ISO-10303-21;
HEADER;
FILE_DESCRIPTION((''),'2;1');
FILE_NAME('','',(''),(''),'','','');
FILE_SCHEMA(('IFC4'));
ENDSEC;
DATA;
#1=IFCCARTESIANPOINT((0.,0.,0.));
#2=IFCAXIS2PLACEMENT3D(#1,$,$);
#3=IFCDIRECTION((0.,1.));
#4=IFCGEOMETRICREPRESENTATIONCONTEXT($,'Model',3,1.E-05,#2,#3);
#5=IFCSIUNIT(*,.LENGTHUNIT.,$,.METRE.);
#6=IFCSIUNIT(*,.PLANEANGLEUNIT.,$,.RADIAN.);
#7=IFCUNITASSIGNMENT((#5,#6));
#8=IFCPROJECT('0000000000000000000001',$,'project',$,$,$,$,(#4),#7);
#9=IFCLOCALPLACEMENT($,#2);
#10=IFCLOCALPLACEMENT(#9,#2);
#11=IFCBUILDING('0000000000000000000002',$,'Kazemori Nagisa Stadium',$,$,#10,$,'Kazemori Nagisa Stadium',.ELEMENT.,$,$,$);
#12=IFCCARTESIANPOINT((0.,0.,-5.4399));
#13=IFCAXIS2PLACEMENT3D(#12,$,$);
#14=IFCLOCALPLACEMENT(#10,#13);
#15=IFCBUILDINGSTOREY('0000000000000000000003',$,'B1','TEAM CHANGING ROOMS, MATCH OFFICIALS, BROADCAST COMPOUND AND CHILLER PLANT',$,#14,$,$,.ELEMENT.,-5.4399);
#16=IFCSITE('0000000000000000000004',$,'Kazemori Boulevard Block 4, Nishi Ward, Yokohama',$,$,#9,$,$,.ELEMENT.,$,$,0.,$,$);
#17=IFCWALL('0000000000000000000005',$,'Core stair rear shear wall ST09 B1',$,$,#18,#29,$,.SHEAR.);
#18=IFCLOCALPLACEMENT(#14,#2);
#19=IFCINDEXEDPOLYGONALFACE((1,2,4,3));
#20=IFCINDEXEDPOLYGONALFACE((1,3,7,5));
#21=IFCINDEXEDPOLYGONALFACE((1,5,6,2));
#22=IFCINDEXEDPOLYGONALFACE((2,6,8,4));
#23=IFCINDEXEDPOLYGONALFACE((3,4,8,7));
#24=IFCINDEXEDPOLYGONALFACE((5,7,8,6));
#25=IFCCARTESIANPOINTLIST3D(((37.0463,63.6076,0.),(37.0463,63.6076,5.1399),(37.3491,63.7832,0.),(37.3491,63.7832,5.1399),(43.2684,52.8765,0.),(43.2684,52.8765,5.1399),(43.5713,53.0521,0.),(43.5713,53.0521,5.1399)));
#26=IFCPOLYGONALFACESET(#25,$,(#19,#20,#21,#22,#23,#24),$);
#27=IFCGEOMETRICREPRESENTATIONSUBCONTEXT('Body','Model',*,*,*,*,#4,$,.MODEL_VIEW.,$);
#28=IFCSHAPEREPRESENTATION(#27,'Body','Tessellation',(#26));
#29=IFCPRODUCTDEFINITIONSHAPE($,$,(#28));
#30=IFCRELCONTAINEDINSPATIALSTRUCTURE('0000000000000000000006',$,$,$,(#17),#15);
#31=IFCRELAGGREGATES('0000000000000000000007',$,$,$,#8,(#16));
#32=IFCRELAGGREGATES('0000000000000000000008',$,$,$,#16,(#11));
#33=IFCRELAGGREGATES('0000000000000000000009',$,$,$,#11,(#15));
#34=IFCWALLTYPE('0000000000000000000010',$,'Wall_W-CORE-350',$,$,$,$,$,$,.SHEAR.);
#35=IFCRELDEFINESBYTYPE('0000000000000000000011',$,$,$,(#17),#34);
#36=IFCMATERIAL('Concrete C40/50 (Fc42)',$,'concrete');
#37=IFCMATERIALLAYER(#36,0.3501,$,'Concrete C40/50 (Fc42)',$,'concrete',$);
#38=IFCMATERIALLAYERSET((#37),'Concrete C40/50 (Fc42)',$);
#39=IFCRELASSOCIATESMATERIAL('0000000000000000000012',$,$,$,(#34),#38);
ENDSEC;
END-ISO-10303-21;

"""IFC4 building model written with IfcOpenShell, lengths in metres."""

from ifc_helpers import new_model, si_unit, direction, frame, frame_2d, origin, place, context, subcontext, project, spatial, rectangle, extrude, material, layer, layer_set, type_object, element, save


model = new_model("IFC4")

# Units and contexts
model_context = context("Model", 3, precision=1e-05, world=origin(), true_north=direction((0.0, 1.0)))
body_context = subcontext(model_context, "Body", "Model", "MODEL_VIEW")
ifc_project = project(units=[si_unit("LENGTHUNIT", "METRE"), si_unit("PLANEANGLEUNIT", "RADIAN")], contexts=[model_context])

# Site, building, storey
site_placement = place(None, origin())
site = spatial("IfcSite", under=ifc_project, at=site_placement, Name="Kazemori Boulevard Block 4, Nishi Ward, Yokohama", CompositionType="ELEMENT", RefElevation=0.0)
building_placement = place(site_placement, origin())
building = spatial("IfcBuilding", under=site, at=building_placement, Name="Kazemori Nagisa Stadium", LongName="Kazemori Nagisa Stadium", CompositionType="ELEMENT")
storey_placement = place(building_placement, frame((0.0, 0.0, -5.4399)))
storey = spatial("IfcBuildingStorey", under=building, at=storey_placement, Name="B1", Description="TEAM CHANGING ROOMS, MATCH OFFICIALS, BROADCAST COMPOUND AND CHILLER PLANT", CompositionType="ELEMENT", Elevation=-5.4399)

# Shared definitions
ifc_material_1 = material(Name="Concrete C40/50 (Fc42)", Category="concrete")

# Wall
ifc_layer_1 = layer(ifc_material_1, 0.3501, Name="Concrete C40/50 (Fc42)", Category="concrete")
ifc_layer_set_1 = layer_set([ifc_layer_1], Name="Concrete C40/50 (Fc42)")
wall_type_1 = type_object("IfcWallType", Name="Wall_W-CORE-350", PredefinedType="SHEAR", material=ifc_layer_set_1)
wall_1_placement = place(storey_placement, frame((37.1978, 63.6953, 0.0), z_axis=(0.0, 0.0, 1.0), x_axis=(0.501602, -0.865099, 0.0)))
element("IfcWall", 1, at=wall_1_placement, inside=storey, type_object=wall_type_1, Name="Core stair rear shear wall ST09 B1", PredefinedType="SHEAR", context=body_context, shape_type="SweptSolid", body=[
    extrude(rectangle(XDim=12.4045, YDim=0.3501, at=frame_2d((6.2021, 0.0))), origin(), (0.0, 0.0, 1.0), 5.1399),
])

save(model, "model.ifc")
